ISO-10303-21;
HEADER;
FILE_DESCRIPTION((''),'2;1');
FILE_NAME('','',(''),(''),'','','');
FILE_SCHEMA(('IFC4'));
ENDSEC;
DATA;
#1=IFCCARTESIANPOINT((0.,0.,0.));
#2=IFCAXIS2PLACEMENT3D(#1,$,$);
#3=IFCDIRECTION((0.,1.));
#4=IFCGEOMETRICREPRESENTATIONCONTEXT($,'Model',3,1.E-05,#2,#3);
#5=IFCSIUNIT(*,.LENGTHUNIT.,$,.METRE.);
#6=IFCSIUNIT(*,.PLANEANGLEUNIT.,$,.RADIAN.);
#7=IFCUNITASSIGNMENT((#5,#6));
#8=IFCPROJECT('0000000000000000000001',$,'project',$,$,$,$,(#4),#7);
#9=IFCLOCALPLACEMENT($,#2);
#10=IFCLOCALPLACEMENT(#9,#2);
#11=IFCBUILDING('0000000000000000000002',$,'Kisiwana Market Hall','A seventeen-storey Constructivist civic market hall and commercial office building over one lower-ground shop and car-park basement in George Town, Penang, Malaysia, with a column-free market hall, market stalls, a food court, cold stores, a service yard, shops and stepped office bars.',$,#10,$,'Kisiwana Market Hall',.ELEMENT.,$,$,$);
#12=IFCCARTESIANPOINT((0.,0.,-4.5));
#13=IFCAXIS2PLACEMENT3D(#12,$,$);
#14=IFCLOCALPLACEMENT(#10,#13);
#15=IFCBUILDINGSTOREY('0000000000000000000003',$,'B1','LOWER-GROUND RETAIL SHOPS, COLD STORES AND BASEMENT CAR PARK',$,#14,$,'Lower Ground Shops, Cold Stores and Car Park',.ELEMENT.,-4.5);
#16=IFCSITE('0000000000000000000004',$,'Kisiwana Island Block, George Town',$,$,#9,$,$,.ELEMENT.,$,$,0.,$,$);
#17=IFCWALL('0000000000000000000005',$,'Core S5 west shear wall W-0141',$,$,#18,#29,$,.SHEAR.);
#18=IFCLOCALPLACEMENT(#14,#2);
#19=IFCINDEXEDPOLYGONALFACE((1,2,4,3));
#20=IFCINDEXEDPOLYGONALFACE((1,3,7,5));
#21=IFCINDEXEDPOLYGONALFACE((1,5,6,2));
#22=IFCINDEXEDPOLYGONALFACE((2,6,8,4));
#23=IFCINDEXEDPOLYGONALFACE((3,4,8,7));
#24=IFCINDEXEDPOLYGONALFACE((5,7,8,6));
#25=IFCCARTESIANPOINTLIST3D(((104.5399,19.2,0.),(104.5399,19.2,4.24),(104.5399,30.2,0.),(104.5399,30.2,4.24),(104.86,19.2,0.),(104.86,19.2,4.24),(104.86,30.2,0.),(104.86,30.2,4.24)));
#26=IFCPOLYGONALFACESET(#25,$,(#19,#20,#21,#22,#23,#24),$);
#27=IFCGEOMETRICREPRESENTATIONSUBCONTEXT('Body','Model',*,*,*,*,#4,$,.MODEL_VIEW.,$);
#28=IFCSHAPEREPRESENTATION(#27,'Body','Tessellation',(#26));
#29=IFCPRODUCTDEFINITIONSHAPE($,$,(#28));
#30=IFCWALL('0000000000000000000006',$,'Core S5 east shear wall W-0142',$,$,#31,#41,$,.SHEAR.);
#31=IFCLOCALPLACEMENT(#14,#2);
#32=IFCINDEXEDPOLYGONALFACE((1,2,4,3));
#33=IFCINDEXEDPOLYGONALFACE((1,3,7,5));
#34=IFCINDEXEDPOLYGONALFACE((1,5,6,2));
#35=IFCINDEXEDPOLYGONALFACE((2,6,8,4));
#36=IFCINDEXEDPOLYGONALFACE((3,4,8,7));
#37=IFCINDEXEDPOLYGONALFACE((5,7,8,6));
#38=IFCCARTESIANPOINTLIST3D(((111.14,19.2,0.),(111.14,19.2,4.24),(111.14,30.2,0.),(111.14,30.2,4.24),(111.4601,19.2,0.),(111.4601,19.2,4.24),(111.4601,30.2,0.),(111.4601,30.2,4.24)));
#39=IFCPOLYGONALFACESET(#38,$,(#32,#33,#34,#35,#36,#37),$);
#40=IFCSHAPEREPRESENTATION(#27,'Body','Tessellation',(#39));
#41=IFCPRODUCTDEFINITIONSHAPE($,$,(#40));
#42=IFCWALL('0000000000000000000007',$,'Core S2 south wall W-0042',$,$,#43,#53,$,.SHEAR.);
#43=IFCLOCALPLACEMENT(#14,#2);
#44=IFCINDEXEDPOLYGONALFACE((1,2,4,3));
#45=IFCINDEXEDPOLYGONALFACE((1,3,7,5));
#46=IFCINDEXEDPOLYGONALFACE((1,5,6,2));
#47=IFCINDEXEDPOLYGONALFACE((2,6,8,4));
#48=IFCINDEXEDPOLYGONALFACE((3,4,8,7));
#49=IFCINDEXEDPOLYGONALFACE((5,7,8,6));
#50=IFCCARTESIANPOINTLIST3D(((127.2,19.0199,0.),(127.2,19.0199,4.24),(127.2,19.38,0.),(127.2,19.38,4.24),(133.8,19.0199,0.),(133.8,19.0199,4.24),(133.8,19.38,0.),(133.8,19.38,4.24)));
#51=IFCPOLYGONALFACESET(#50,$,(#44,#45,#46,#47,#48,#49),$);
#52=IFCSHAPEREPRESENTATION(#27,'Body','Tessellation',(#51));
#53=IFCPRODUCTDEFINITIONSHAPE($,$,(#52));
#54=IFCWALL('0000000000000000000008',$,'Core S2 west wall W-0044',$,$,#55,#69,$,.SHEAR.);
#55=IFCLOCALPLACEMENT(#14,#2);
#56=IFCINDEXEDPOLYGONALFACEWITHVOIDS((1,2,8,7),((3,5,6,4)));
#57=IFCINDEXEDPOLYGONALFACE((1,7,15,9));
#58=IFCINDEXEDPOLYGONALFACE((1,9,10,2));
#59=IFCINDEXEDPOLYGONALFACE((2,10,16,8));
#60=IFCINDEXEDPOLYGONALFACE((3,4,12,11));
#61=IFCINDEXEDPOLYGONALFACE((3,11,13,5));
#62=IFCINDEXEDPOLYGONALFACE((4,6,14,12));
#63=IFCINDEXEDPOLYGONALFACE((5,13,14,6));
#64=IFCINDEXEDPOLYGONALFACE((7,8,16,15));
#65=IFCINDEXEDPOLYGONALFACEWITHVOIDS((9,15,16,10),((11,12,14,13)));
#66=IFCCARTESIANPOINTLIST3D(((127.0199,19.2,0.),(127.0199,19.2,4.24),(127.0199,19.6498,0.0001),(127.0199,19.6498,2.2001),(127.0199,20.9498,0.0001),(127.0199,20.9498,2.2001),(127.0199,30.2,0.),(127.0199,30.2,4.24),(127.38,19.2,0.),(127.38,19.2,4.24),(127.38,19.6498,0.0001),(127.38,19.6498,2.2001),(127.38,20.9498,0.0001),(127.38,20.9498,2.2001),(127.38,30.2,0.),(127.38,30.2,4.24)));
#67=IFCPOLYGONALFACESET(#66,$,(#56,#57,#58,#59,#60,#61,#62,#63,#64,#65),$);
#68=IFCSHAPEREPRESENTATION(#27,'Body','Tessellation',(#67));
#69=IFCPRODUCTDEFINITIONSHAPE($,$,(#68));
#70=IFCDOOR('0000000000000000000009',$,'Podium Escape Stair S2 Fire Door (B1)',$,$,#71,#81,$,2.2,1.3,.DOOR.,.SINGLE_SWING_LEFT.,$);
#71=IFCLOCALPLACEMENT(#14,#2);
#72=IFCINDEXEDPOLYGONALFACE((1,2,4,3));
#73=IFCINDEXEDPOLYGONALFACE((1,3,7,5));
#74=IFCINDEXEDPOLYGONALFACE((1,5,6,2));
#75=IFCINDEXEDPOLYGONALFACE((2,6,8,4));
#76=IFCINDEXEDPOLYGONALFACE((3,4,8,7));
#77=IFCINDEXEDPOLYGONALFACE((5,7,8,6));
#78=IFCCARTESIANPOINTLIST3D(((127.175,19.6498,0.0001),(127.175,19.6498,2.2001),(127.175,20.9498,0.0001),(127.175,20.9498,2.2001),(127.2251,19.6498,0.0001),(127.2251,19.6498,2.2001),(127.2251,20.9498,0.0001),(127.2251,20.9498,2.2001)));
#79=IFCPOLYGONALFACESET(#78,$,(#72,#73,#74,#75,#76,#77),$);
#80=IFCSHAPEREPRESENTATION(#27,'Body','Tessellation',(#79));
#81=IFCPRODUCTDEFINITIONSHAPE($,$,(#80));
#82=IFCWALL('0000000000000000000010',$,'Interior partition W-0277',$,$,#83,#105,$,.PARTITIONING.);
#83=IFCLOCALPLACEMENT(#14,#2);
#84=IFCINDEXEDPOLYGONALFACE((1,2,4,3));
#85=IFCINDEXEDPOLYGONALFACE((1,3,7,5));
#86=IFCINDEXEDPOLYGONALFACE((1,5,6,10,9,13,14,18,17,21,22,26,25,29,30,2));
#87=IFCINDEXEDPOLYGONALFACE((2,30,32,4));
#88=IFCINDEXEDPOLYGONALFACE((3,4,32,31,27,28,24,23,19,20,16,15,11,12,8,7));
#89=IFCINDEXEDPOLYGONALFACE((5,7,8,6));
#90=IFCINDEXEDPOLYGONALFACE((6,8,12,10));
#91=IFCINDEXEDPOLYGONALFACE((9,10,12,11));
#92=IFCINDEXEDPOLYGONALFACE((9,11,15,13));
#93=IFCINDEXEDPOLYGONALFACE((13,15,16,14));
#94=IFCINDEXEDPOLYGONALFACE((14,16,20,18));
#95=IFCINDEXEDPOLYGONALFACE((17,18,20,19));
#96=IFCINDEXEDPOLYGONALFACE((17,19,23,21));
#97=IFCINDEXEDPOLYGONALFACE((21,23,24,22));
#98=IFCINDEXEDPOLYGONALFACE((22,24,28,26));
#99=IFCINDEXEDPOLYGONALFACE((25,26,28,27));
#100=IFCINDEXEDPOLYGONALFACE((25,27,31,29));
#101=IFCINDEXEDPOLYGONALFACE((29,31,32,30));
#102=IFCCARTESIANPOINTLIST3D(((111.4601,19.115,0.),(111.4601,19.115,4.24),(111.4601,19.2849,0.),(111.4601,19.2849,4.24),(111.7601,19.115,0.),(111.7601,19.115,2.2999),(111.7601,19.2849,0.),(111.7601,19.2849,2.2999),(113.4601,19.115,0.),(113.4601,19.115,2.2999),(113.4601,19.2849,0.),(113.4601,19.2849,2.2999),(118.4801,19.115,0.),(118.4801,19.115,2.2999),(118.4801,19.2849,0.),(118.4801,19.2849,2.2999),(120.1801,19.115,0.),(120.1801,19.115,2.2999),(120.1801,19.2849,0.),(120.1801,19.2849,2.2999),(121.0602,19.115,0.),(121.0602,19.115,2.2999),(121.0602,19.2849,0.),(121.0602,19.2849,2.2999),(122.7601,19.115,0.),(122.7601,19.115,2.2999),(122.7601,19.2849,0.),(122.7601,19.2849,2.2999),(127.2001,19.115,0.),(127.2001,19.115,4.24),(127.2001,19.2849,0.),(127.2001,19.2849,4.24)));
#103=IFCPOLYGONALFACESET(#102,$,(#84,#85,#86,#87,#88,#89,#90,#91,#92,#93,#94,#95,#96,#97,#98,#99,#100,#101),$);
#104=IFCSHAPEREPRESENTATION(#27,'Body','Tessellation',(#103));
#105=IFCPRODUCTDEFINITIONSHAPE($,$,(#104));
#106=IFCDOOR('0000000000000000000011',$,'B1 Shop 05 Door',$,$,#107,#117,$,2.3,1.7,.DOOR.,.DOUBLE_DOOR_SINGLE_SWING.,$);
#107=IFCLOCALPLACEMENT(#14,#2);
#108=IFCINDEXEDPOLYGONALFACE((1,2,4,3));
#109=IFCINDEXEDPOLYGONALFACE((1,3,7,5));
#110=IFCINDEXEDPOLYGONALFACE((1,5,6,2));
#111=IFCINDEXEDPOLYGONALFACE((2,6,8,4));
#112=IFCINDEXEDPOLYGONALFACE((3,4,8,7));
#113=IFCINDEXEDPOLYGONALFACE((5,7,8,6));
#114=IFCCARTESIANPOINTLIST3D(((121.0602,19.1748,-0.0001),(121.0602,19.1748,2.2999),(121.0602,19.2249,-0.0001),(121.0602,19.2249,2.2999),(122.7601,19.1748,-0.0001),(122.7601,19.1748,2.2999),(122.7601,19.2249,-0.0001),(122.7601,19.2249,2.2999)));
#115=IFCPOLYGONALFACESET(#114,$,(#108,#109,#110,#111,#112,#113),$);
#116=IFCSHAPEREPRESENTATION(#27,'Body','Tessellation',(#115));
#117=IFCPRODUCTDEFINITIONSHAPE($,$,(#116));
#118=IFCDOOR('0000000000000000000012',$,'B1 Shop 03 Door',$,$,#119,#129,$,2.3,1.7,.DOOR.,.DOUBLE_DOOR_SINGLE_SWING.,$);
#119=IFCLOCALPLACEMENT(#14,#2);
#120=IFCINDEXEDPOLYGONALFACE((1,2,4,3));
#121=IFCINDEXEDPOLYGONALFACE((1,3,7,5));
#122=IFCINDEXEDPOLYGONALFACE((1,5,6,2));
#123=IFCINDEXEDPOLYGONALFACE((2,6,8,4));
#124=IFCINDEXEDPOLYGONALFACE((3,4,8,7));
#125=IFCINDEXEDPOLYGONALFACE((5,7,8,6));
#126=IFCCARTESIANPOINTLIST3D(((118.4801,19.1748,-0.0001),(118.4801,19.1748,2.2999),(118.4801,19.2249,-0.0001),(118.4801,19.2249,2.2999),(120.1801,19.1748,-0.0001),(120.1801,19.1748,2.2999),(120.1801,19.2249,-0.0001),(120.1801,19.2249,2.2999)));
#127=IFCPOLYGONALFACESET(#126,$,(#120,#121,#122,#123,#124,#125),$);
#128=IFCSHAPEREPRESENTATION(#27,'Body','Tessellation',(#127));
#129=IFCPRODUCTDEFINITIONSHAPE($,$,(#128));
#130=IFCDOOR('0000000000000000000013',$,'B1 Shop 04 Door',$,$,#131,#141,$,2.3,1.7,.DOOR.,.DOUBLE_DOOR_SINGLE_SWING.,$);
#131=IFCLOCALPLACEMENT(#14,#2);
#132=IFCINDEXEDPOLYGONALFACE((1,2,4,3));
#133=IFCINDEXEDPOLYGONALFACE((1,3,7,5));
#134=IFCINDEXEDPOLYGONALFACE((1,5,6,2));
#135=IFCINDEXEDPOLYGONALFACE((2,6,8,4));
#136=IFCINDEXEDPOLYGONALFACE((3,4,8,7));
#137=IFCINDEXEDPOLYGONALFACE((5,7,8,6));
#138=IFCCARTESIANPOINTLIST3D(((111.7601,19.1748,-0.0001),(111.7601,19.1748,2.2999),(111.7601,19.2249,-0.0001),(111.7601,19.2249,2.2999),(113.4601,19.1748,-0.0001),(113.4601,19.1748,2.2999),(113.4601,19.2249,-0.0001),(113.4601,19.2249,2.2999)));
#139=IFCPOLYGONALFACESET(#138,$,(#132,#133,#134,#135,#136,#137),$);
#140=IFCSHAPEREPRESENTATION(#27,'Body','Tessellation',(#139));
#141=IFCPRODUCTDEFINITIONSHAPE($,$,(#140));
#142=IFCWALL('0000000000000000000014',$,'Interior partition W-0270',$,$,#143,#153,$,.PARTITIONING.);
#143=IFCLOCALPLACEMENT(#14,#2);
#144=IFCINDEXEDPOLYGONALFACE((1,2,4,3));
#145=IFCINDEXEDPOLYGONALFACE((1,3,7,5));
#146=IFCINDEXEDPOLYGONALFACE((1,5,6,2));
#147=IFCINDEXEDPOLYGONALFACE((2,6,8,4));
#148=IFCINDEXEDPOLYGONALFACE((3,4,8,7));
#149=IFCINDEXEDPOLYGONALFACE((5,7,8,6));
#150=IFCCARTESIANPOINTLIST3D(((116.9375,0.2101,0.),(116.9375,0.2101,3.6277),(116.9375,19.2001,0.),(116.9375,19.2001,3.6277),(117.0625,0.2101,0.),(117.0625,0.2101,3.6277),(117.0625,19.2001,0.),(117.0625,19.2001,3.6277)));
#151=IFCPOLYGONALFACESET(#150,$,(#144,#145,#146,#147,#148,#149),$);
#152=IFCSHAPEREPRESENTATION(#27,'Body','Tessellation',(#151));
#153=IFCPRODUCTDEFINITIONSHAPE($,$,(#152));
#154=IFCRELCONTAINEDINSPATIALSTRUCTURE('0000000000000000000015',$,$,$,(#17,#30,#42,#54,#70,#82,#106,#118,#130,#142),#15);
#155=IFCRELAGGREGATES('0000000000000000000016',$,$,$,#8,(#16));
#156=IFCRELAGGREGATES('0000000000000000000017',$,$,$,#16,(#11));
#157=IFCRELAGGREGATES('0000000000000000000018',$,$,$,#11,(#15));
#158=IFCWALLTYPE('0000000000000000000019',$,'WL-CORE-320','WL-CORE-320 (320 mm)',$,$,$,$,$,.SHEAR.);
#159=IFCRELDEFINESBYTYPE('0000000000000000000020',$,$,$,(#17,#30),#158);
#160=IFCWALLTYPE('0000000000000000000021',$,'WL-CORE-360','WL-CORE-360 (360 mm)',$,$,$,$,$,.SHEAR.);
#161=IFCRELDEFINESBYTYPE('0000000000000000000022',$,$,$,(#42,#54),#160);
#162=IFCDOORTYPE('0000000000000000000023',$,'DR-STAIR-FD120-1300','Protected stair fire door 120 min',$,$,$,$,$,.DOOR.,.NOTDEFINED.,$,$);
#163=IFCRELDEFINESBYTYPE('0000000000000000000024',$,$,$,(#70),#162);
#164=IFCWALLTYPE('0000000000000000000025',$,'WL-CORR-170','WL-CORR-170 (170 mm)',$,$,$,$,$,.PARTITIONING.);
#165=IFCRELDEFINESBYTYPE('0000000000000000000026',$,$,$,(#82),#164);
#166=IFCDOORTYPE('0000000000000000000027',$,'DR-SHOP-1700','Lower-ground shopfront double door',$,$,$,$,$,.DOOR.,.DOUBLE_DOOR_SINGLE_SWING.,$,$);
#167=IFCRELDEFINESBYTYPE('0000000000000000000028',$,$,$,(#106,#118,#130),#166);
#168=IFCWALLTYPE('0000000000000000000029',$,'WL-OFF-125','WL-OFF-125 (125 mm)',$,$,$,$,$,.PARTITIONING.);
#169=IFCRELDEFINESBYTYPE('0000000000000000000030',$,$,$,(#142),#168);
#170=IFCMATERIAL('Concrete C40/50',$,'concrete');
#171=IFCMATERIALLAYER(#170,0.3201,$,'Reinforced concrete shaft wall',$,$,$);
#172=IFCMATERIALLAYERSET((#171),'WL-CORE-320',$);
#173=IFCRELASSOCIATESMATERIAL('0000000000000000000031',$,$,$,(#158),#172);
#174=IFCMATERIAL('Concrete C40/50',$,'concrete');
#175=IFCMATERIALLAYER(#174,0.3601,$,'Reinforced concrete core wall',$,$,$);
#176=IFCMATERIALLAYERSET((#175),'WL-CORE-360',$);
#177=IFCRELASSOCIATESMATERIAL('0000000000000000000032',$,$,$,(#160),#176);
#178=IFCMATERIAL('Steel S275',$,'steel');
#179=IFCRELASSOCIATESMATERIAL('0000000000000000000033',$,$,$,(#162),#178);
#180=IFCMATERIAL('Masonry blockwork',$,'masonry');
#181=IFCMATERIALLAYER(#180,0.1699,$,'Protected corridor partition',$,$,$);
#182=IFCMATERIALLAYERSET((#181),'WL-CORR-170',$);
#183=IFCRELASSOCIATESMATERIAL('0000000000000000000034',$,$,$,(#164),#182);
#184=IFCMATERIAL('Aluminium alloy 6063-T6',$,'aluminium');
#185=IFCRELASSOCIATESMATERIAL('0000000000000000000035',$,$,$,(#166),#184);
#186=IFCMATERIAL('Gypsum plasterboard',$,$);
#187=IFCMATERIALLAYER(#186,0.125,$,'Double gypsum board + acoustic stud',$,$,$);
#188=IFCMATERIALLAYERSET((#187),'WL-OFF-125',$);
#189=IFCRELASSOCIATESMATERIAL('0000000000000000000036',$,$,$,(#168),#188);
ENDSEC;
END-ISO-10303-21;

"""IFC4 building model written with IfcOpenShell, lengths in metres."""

from ifc_helpers import new_model, si_unit, direction, frame, frame_2d, origin, place, context, subcontext, project, spatial, rectangle, extrude, material, layer, layer_set, type_object, element, fill, save


model = new_model("IFC4")

# Units and contexts
model_context = context("Model", 3, precision=1e-05, world=origin(), true_north=direction((0.0, 1.0)))
body_context = subcontext(model_context, "Body", "Model", "MODEL_VIEW")
ifc_project = project(units=[si_unit("LENGTHUNIT", "METRE"), si_unit("PLANEANGLEUNIT", "RADIAN")], contexts=[model_context])

# Site, building, storey
site_placement = place(None, origin())
site = spatial("IfcSite", under=ifc_project, at=site_placement, Name="Kisiwana Island Block, George Town", CompositionType="ELEMENT", RefElevation=0.0)
building_placement = place(site_placement, origin())
building = spatial("IfcBuilding", under=site, at=building_placement, Name="Kisiwana Market Hall", Description="A seventeen-storey Constructivist civic market hall and commercial office building over one lower-ground shop and car-park basement in George Town, Penang, Malaysia, with a column-free market hall, market stalls, a food court, cold stores, a service yard, shops and stepped office bars.", LongName="Kisiwana Market Hall", CompositionType="ELEMENT")
storey_placement = place(building_placement, frame((0.0, 0.0, -4.5)))
storey = spatial("IfcBuildingStorey", under=building, at=storey_placement, Name="B1", Description="LOWER-GROUND RETAIL SHOPS, COLD STORES AND BASEMENT CAR PARK", LongName="Lower Ground Shops, Cold Stores and Car Park", CompositionType="ELEMENT", Elevation=-4.5)

# Walls
ifc_material_1 = material(Name="Concrete C40/50", Category="concrete")
ifc_layer_1 = layer(ifc_material_1, 0.3201, Name="Reinforced concrete shaft wall")
ifc_layer_set_1 = layer_set([ifc_layer_1], Name="WL-CORE-320")
wall_type_1 = type_object("IfcWallType", Name="WL-CORE-320", Description="WL-CORE-320 (320 mm)", PredefinedType="SHEAR", material=ifc_layer_set_1)
for number, where, z_axis, x_axis, name in (
    (1, (104.7, 19.2, 0.0), (0.0, 0.0, 1.0), (0.0, 1.0, 0.0), "Core S5 west shear wall W-0141"),
    (2, (111.3, 19.2, 0.0), (0.0, 0.0, 1.0), (0.0, 1.0, 0.0), "Core S5 east shear wall W-0142"),
):
    element("IfcWall", number, at=place(storey_placement, frame(where, z_axis=z_axis, x_axis=x_axis)), inside=storey, type_object=wall_type_1, Name=name, PredefinedType="SHEAR", context=body_context, shape_type="SweptSolid", body=[
        extrude(rectangle(XDim=11.0, YDim=0.3201, at=frame_2d((5.5, 0.0))), origin(), (0.0, 0.0, 1.0), 4.24),
    ])
ifc_material_2 = material(Name="Concrete C40/50", Category="concrete")
ifc_layer_2 = layer(ifc_material_2, 0.3601, Name="Reinforced concrete core wall")
ifc_layer_set_2 = layer_set([ifc_layer_2], Name="WL-CORE-360")
wall_type_2 = type_object("IfcWallType", Name="WL-CORE-360", Description="WL-CORE-360 (360 mm)", PredefinedType="SHEAR", material=ifc_layer_set_2)
wall_1_placement = place(storey_placement, frame((127.2, 19.2, 0.0), z_axis=(0.0, 0.0, 1.0), x_axis=(1.0, 0.0, 0.0)))
element("IfcWall", 3, at=wall_1_placement, inside=storey, type_object=wall_type_2, Name="Core S2 south wall W-0042", PredefinedType="SHEAR", context=body_context, shape_type="SweptSolid", body=[
    extrude(rectangle(XDim=6.6001, YDim=0.3601, at=frame_2d((3.3, 0.0))), origin(), (0.0, 0.0, 1.0), 4.24),
])

# Wall, opening, door
wall_2_placement = place(storey_placement, frame((127.2, 19.2, 0.0), z_axis=(0.0, 0.0, 1.0), x_axis=(0.0, 1.0, 0.0)))
wall_2 = element("IfcWall", 4, at=wall_2_placement, inside=storey, type_object=wall_type_2, Name="Core S2 west wall W-0044", PredefinedType="SHEAR", context=body_context, shape_type="SweptSolid", body=[
    extrude(rectangle(XDim=11.0, YDim=0.3601, at=frame_2d((5.5, 0.0))), origin(), (0.0, 0.0, 1.0), 4.24),
])
opening_1_placement = place(wall_2_placement, frame((0.45, 0.0, 0.0)))
opening_1 = element("IfcOpeningElement", 5, at=opening_1_placement, cuts=wall_2, PredefinedType="OPENING", context=body_context, shape_type="SweptSolid", body=[
    extrude(rectangle(XDim=1.3, YDim=2.2, at=frame_2d((0.6499, 1.1001))), frame((0.0, 0.1919, 0.0), z_axis=(0.0, -1.0, 0.0), x_axis=(1.0, 0.0, 0.0)), (0.0, 0.0, 1.0), 0.384),
])
ifc_material_3 = material(Name="Steel S275", Category="steel")
door_type_1 = type_object("IfcDoorType", Name="DR-STAIR-FD120-1300", Description="Protected stair fire door 120 min", OperationType="NOTDEFINED", PredefinedType="DOOR", material=ifc_material_3)
door_1_placement = place(opening_1_placement, origin())
door_1 = element("IfcDoor", 6, at=door_1_placement, inside=storey, type_object=door_type_1, Name="Podium Escape Stair S2 Fire Door (B1)", OperationType="SINGLE_SWING_LEFT", OverallHeight=2.2, OverallWidth=1.3, PredefinedType="DOOR", context=body_context, shape_type="SweptSolid", body=[
    extrude(rectangle(XDim=1.3, YDim=2.2, at=frame_2d((0.6499, 1.1001))), frame((0.0, 0.0249, 0.0), z_axis=(0.0, -1.0, 0.0), x_axis=(1.0, 0.0, 0.0)), (0.0, 0.0, 1.0), 0.05),
])
fill(opening_1, door_1)

# Wall, openings, doors
ifc_material_4 = material(Name="Masonry blockwork", Category="masonry")
ifc_layer_3 = layer(ifc_material_4, 0.1699, Name="Protected corridor partition")
ifc_layer_set_3 = layer_set([ifc_layer_3], Name="WL-CORR-170")
wall_type_3 = type_object("IfcWallType", Name="WL-CORR-170", Description="WL-CORR-170 (170 mm)", PredefinedType="PARTITIONING", material=ifc_layer_set_3)
wall_3_placement = place(storey_placement, frame((111.46, 19.2, 0.0), z_axis=(0.0, 0.0, 1.0), x_axis=(1.0, 0.0, 0.0)))
wall_3 = element("IfcWall", 7, at=wall_3_placement, inside=storey, type_object=wall_type_3, Name="Interior partition W-0277", PredefinedType="PARTITIONING", context=body_context, shape_type="SweptSolid", body=[
    extrude(rectangle(XDim=15.74, YDim=0.1699, at=frame_2d((7.8701, 0.0))), origin(), (0.0, 0.0, 1.0), 4.24),
])
opening_2_placement = place(wall_3_placement, frame((9.6001, 0.0, 0.0)))
opening_2 = element("IfcOpeningElement", 8, at=opening_2_placement, cuts=wall_3, PredefinedType="OPENING", context=body_context, shape_type="SweptSolid", body=[
    extrude(rectangle(XDim=1.7, YDim=2.3, at=frame_2d((0.8501, 1.1499))), frame((0.0, 0.0969, 0.0), z_axis=(0.0, -1.0, 0.0), x_axis=(1.0, 0.0, 0.0)), (0.0, 0.0, 1.0), 0.1938),
])
opening_3_placement = place(wall_3_placement, frame((7.02, 0.0, 0.0)))
opening_3 = element("IfcOpeningElement", 9, at=opening_3_placement, cuts=wall_3, PredefinedType="OPENING", context=body_context, shape_type="SweptSolid", body=[
    extrude(rectangle(XDim=1.7, YDim=2.3, at=frame_2d((0.8501, 1.1499))), frame((0.0, 0.0969, 0.0), z_axis=(0.0, -1.0, 0.0), x_axis=(1.0, 0.0, 0.0)), (0.0, 0.0, 1.0), 0.1938),
])
opening_4_placement = place(wall_3_placement, frame((0.3, 0.0, 0.0)))
opening_4 = element("IfcOpeningElement", 10, at=opening_4_placement, cuts=wall_3, PredefinedType="OPENING", context=body_context, shape_type="SweptSolid", body=[
    extrude(rectangle(XDim=1.7, YDim=2.3, at=frame_2d((0.8501, 1.1499))), frame((0.0, 0.0969, 0.0), z_axis=(0.0, -1.0, 0.0), x_axis=(1.0, 0.0, 0.0)), (0.0, 0.0, 1.0), 0.1938),
])
ifc_material_5 = material(Name="Aluminium alloy 6063-T6", Category="aluminium")
door_type_2 = type_object("IfcDoorType", Name="DR-SHOP-1700", Description="Lower-ground shopfront double door", OperationType="DOUBLE_DOOR_SINGLE_SWING", PredefinedType="DOOR", material=ifc_material_5)
door_2_placement = place(opening_2_placement, origin())
door_2 = element("IfcDoor", 11, at=door_2_placement, inside=storey, type_object=door_type_2, Name="B1 Shop 05 Door", OperationType="DOUBLE_DOOR_SINGLE_SWING", OverallHeight=2.3, OverallWidth=1.7, PredefinedType="DOOR", context=body_context, shape_type="SweptSolid", body=[
    extrude(rectangle(XDim=1.7, YDim=2.3, at=frame_2d((0.8501, 1.1499))), frame((0.0, 0.0249, 0.0), z_axis=(0.0, -1.0, 0.0), x_axis=(1.0, 0.0, 0.0)), (0.0, 0.0, 1.0), 0.05),
])
fill(opening_2, door_2)
door_3_placement = place(opening_3_placement, origin())
door_3 = element("IfcDoor", 12, at=door_3_placement, inside=storey, type_object=door_type_2, Name="B1 Shop 03 Door", OperationType="DOUBLE_DOOR_SINGLE_SWING", OverallHeight=2.3, OverallWidth=1.7, PredefinedType="DOOR", context=body_context, shape_type="SweptSolid", body=[
    extrude(rectangle(XDim=1.7, YDim=2.3, at=frame_2d((0.8501, 1.1499))), frame((0.0, 0.0249, 0.0), z_axis=(0.0, -1.0, 0.0), x_axis=(1.0, 0.0, 0.0)), (0.0, 0.0, 1.0), 0.05),
])
fill(opening_3, door_3)
door_4_placement = place(opening_4_placement, origin())
door_4 = element("IfcDoor", 13, at=door_4_placement, inside=storey, type_object=door_type_2, Name="B1 Shop 04 Door", OperationType="DOUBLE_DOOR_SINGLE_SWING", OverallHeight=2.3, OverallWidth=1.7, PredefinedType="DOOR", context=body_context, shape_type="SweptSolid", body=[
    extrude(rectangle(XDim=1.7, YDim=2.3, at=frame_2d((0.8501, 1.1499))), frame((0.0, 0.0249, 0.0), z_axis=(0.0, -1.0, 0.0), x_axis=(1.0, 0.0, 0.0)), (0.0, 0.0, 1.0), 0.05),
])
fill(opening_4, door_4)

# Wall
ifc_material_6 = material(Name="Gypsum plasterboard")
ifc_layer_4 = layer(ifc_material_6, 0.125, Name="Double gypsum board + acoustic stud")
ifc_layer_set_4 = layer_set([ifc_layer_4], Name="WL-OFF-125")
wall_type_4 = type_object("IfcWallType", Name="WL-OFF-125", Description="WL-OFF-125 (125 mm)", PredefinedType="PARTITIONING", material=ifc_layer_set_4)
wall_4_placement = place(storey_placement, frame((117.0, 0.21, 0.0), z_axis=(0.0, 0.0, 1.0), x_axis=(0.0, 1.0, 0.0)))
element("IfcWall", 14, at=wall_4_placement, inside=storey, type_object=wall_type_4, Name="Interior partition W-0270", PredefinedType="PARTITIONING", context=body_context, shape_type="SweptSolid", body=[
    extrude(rectangle(XDim=18.99, YDim=0.125, at=frame_2d((9.4951, 0.0))), origin(), (0.0, 0.0, 1.0), 3.6277),
])

save(model, "model.ifc")
